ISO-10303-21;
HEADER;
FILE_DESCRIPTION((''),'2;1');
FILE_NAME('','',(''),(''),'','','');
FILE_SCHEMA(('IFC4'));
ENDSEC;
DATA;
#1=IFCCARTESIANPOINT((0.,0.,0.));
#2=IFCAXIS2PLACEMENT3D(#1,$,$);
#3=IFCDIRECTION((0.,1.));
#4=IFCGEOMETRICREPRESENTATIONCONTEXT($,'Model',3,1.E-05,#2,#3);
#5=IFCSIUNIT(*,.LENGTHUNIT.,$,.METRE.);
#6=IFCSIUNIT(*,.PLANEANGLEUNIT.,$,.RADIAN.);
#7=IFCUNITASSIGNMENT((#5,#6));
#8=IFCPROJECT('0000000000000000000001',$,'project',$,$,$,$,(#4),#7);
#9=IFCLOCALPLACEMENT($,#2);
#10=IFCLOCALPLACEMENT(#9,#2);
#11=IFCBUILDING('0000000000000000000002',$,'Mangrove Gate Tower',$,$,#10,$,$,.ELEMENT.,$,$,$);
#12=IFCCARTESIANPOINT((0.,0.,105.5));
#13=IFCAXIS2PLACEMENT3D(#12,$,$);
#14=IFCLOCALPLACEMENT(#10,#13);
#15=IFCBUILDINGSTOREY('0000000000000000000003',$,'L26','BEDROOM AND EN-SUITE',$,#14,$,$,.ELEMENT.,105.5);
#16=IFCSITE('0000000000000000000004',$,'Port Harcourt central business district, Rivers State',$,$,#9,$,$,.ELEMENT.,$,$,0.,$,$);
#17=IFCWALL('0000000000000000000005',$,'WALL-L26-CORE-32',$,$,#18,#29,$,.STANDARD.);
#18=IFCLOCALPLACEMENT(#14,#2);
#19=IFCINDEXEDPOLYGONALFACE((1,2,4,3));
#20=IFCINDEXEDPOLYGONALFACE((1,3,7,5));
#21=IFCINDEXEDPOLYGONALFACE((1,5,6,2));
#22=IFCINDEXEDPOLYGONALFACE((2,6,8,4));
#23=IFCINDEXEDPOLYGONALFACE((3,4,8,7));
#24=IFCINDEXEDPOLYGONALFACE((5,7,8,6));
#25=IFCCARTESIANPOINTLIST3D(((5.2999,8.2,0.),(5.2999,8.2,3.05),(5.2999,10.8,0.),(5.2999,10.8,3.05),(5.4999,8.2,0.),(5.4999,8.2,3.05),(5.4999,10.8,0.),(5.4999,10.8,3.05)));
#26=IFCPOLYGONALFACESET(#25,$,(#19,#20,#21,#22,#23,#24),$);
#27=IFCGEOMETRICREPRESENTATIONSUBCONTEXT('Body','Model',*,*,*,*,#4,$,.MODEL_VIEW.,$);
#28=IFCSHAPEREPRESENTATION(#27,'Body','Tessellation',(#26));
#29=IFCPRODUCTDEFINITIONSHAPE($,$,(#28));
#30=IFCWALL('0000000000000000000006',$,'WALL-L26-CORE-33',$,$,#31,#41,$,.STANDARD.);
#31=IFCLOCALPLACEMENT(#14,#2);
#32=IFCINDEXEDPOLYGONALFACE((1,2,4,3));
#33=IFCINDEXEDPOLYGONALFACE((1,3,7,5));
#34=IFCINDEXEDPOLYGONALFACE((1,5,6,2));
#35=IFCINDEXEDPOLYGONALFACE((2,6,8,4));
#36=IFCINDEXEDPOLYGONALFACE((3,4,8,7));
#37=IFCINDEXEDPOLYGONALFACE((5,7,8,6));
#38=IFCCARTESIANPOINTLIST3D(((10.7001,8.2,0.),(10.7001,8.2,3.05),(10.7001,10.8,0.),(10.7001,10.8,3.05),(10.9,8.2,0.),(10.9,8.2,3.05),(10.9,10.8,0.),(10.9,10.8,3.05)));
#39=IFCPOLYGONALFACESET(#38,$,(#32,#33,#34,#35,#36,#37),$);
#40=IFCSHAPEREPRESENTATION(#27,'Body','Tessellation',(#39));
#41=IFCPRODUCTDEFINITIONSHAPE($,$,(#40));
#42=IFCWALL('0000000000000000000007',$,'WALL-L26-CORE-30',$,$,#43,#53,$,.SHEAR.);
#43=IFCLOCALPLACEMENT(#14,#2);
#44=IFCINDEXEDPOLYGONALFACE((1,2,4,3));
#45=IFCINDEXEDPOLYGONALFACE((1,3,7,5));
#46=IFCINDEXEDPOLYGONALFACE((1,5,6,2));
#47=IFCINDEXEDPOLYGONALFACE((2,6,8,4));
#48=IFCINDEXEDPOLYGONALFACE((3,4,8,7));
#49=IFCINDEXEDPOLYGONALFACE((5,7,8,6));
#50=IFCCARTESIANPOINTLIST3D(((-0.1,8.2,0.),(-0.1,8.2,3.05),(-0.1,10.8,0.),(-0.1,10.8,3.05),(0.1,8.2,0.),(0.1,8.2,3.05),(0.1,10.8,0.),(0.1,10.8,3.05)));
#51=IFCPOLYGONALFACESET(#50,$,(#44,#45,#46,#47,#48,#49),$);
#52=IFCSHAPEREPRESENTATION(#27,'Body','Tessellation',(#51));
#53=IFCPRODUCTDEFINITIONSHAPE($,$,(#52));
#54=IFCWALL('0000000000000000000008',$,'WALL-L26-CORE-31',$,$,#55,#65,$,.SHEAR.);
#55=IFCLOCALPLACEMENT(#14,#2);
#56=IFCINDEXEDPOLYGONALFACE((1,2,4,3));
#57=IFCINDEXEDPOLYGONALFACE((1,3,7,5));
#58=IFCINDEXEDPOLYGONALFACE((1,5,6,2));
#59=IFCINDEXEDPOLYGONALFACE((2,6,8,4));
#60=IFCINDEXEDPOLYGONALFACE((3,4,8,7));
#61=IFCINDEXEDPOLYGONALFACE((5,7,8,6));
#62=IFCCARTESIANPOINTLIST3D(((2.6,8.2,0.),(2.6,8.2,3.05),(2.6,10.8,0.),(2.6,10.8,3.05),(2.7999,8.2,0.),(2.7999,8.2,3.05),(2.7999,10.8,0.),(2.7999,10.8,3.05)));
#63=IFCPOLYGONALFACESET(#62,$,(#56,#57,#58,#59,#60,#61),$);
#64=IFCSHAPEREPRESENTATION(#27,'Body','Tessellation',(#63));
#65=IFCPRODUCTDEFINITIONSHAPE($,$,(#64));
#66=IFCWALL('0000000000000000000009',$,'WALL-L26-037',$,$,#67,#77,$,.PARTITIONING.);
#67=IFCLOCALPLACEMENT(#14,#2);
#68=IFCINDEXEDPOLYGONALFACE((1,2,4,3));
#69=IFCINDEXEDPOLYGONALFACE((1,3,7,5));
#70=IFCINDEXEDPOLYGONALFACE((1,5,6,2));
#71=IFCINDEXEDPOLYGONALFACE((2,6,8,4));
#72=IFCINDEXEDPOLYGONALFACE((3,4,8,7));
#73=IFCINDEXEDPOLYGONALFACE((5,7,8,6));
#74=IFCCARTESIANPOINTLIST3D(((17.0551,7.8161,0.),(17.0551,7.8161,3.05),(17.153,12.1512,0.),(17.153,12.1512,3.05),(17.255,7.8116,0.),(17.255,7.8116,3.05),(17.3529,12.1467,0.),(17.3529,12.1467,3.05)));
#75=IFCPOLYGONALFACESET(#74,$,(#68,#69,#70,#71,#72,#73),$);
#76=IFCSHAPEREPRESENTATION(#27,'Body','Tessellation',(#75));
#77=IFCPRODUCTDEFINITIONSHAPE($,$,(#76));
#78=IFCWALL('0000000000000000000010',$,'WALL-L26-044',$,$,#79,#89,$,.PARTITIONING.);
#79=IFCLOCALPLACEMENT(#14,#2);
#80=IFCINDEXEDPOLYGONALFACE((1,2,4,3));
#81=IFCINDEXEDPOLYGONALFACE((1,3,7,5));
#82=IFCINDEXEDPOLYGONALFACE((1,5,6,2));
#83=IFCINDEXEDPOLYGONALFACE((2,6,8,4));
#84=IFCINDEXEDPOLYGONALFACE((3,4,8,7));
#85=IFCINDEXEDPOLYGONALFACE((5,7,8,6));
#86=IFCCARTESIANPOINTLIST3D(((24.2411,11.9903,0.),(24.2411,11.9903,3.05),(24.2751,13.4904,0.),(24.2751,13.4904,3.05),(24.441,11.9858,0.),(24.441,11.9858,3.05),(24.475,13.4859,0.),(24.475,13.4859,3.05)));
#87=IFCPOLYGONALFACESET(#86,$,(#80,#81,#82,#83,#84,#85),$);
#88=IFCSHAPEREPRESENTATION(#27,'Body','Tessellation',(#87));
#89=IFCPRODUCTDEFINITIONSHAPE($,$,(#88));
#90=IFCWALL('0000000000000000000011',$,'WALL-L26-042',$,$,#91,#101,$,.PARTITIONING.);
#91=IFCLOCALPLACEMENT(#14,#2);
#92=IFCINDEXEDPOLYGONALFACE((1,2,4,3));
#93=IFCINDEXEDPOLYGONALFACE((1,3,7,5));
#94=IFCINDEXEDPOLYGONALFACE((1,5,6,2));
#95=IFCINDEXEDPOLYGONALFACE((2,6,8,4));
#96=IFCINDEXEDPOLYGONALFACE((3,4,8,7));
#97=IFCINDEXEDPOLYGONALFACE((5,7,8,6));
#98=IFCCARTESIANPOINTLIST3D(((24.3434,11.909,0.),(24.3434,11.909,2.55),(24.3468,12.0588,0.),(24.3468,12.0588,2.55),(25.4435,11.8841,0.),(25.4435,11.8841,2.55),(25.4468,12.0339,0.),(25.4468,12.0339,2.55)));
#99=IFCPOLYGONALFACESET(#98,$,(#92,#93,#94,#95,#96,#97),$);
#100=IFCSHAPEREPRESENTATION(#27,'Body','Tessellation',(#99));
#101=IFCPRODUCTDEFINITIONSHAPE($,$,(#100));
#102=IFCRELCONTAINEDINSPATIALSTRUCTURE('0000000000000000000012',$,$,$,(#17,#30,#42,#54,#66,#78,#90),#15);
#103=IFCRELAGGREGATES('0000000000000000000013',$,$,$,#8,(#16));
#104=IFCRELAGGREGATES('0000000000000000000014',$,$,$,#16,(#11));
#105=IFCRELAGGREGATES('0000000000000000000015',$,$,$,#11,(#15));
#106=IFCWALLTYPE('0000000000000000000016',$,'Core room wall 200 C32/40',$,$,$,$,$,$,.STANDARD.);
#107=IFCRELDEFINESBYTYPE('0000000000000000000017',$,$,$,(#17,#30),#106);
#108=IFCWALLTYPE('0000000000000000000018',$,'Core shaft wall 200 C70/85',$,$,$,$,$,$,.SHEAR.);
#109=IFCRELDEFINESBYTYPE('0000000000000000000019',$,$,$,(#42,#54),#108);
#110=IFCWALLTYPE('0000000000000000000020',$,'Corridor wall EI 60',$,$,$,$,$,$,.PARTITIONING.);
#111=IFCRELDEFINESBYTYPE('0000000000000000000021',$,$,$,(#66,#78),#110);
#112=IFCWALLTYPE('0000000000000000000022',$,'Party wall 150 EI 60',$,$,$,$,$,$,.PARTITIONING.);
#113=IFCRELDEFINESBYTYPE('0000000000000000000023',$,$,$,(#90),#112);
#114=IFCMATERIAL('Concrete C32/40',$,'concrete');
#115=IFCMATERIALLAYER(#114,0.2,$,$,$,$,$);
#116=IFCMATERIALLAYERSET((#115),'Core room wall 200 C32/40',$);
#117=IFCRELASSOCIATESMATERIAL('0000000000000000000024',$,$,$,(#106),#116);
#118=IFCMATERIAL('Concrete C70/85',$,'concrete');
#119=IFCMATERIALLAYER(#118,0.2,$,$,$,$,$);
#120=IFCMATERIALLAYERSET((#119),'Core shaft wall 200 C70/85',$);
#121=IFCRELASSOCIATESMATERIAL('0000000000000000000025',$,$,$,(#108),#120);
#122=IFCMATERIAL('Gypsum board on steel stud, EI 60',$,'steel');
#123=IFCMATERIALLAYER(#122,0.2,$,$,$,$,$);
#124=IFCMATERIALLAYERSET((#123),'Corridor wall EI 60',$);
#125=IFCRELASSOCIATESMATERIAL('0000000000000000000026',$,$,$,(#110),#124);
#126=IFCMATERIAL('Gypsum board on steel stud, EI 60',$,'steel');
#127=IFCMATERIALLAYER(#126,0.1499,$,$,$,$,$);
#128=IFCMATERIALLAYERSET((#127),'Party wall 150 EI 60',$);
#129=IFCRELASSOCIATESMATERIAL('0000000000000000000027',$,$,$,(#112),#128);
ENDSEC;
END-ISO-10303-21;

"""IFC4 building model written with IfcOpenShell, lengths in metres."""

from ifc_helpers import new_model, si_unit, direction, frame, frame_2d, origin, place, context, subcontext, project, spatial, rectangle, extrude, material, layer, layer_set, type_object, element, save


model = new_model("IFC4")

# Units and contexts
model_context = context("Model", 3, precision=1e-05, world=origin(), true_north=direction((0.0, 1.0)))
body_context = subcontext(model_context, "Body", "Model", "MODEL_VIEW")
ifc_project = project(units=[si_unit("LENGTHUNIT", "METRE"), si_unit("PLANEANGLEUNIT", "RADIAN")], contexts=[model_context])

# Site, building, storey
site_placement = place(None, origin())
site = spatial("IfcSite", under=ifc_project, at=site_placement, Name="Port Harcourt central business district, Rivers State", CompositionType="ELEMENT", RefElevation=0.0)
building_placement = place(site_placement, origin())
building = spatial("IfcBuilding", under=site, at=building_placement, Name="Mangrove Gate Tower", CompositionType="ELEMENT")
storey_placement = place(building_placement, frame((0.0, 0.0, 105.5)))
storey = spatial("IfcBuildingStorey", under=building, at=storey_placement, Name="L26", Description="BEDROOM AND EN-SUITE", CompositionType="ELEMENT", Elevation=105.5)

# Walls
ifc_material_1 = material(Name="Concrete C32/40", Category="concrete")
ifc_layer_1 = layer(ifc_material_1, 0.2)
ifc_layer_set_1 = layer_set([ifc_layer_1], Name="Core room wall 200 C32/40")
wall_type_1 = type_object("IfcWallType", Name="Core room wall 200 C32/40", PredefinedType="STANDARD", material=ifc_layer_set_1)
for number, where, z_axis, x_axis, name in (
    (1, (5.3999, 8.2, 0.0), (0.0, 0.0, 1.0), (0.0, 1.0, 0.0), "WALL-L26-CORE-32"),
    (2, (10.8, 8.2, 0.0), (0.0, 0.0, 1.0), (0.0, 1.0, 0.0), "WALL-L26-CORE-33"),
):
    element("IfcWall", number, at=place(storey_placement, frame(where, z_axis=z_axis, x_axis=x_axis)), inside=storey, type_object=wall_type_1, Name=name, PredefinedType="STANDARD", context=body_context, shape_type="SweptSolid", body=[
        extrude(rectangle(XDim=2.6001, YDim=0.2, at=frame_2d((1.3, 0.0))), origin(), (0.0, 0.0, 1.0), 3.05),
    ])
ifc_material_2 = material(Name="Concrete C70/85", Category="concrete")
ifc_layer_2 = layer(ifc_material_2, 0.2)
ifc_layer_set_2 = layer_set([ifc_layer_2], Name="Core shaft wall 200 C70/85")
wall_type_2 = type_object("IfcWallType", Name="Core shaft wall 200 C70/85", PredefinedType="SHEAR", material=ifc_layer_set_2)
for number, where, z_axis, x_axis, name in (
    (3, (0.0, 8.2, 0.0), (0.0, 0.0, 1.0), (0.0, 1.0, 0.0), "WALL-L26-CORE-30"),
    (4, (2.7, 8.2, 0.0), (0.0, 0.0, 1.0), (0.0, 1.0, 0.0), "WALL-L26-CORE-31"),
):
    element("IfcWall", number, at=place(storey_placement, frame(where, z_axis=z_axis, x_axis=x_axis)), inside=storey, type_object=wall_type_2, Name=name, PredefinedType="SHEAR", context=body_context, shape_type="SweptSolid", body=[
        extrude(rectangle(XDim=2.6001, YDim=0.2, at=frame_2d((1.3, 0.0))), origin(), (0.0, 0.0, 1.0), 3.05),
    ])
ifc_material_3 = material(Name="Gypsum board on steel stud, EI 60", Category="steel")
ifc_layer_3 = layer(ifc_material_3, 0.2)
ifc_layer_set_3 = layer_set([ifc_layer_3], Name="Corridor wall EI 60")
wall_type_3 = type_object("IfcWallType", Name="Corridor wall EI 60", PredefinedType="PARTITIONING", material=ifc_layer_set_3)
wall_1_placement = place(storey_placement, frame((17.155, 7.814, 0.0), z_axis=(0.0, 0.0, 1.0), x_axis=(0.022578, 0.999745, 0.0)))
element("IfcWall", 5, at=wall_1_placement, inside=storey, type_object=wall_type_3, Name="WALL-L26-037", PredefinedType="PARTITIONING", context=body_context, shape_type="SweptSolid", body=[
    extrude(rectangle(XDim=4.3362, YDim=0.2, at=frame_2d((2.168, 0.0))), origin(), (0.0, 0.0, 1.0), 3.05),
])
wall_2_placement = place(storey_placement, frame((24.3411, 11.988, 0.0), z_axis=(0.0, 0.0, 1.0), x_axis=(0.022618, 0.999744, 0.0)))
element("IfcWall", 6, at=wall_2_placement, inside=storey, type_object=wall_type_3, Name="WALL-L26-044", PredefinedType="PARTITIONING", context=body_context, shape_type="SweptSolid", body=[
    extrude(rectangle(XDim=1.5005, YDim=0.2, at=frame_2d((0.7502, 0.0))), origin(), (0.0, 0.0, 1.0), 3.05),
])

# Wall
ifc_material_4 = material(Name="Gypsum board on steel stud, EI 60", Category="steel")
ifc_layer_4 = layer(ifc_material_4, 0.1499)
ifc_layer_set_4 = layer_set([ifc_layer_4], Name="Party wall 150 EI 60")
wall_type_4 = type_object("IfcWallType", Name="Party wall 150 EI 60", PredefinedType="PARTITIONING", material=ifc_layer_set_4)
wall_3_placement = place(storey_placement, frame((24.345, 11.9839, 0.0), z_axis=(0.0, 0.0, 1.0), x_axis=(0.999744, -0.022631, 0.0)))
element("IfcWall", 7, at=wall_3_placement, inside=storey, type_object=wall_type_4, Name="WALL-L26-042", PredefinedType="PARTITIONING", context=body_context, shape_type="SweptSolid", body=[
    extrude(rectangle(XDim=1.1003, YDim=0.1499, at=frame_2d((0.5503, 0.0))), origin(), (0.0, 0.0, 1.0), 2.55),
])

save(model, "model.ifc")
